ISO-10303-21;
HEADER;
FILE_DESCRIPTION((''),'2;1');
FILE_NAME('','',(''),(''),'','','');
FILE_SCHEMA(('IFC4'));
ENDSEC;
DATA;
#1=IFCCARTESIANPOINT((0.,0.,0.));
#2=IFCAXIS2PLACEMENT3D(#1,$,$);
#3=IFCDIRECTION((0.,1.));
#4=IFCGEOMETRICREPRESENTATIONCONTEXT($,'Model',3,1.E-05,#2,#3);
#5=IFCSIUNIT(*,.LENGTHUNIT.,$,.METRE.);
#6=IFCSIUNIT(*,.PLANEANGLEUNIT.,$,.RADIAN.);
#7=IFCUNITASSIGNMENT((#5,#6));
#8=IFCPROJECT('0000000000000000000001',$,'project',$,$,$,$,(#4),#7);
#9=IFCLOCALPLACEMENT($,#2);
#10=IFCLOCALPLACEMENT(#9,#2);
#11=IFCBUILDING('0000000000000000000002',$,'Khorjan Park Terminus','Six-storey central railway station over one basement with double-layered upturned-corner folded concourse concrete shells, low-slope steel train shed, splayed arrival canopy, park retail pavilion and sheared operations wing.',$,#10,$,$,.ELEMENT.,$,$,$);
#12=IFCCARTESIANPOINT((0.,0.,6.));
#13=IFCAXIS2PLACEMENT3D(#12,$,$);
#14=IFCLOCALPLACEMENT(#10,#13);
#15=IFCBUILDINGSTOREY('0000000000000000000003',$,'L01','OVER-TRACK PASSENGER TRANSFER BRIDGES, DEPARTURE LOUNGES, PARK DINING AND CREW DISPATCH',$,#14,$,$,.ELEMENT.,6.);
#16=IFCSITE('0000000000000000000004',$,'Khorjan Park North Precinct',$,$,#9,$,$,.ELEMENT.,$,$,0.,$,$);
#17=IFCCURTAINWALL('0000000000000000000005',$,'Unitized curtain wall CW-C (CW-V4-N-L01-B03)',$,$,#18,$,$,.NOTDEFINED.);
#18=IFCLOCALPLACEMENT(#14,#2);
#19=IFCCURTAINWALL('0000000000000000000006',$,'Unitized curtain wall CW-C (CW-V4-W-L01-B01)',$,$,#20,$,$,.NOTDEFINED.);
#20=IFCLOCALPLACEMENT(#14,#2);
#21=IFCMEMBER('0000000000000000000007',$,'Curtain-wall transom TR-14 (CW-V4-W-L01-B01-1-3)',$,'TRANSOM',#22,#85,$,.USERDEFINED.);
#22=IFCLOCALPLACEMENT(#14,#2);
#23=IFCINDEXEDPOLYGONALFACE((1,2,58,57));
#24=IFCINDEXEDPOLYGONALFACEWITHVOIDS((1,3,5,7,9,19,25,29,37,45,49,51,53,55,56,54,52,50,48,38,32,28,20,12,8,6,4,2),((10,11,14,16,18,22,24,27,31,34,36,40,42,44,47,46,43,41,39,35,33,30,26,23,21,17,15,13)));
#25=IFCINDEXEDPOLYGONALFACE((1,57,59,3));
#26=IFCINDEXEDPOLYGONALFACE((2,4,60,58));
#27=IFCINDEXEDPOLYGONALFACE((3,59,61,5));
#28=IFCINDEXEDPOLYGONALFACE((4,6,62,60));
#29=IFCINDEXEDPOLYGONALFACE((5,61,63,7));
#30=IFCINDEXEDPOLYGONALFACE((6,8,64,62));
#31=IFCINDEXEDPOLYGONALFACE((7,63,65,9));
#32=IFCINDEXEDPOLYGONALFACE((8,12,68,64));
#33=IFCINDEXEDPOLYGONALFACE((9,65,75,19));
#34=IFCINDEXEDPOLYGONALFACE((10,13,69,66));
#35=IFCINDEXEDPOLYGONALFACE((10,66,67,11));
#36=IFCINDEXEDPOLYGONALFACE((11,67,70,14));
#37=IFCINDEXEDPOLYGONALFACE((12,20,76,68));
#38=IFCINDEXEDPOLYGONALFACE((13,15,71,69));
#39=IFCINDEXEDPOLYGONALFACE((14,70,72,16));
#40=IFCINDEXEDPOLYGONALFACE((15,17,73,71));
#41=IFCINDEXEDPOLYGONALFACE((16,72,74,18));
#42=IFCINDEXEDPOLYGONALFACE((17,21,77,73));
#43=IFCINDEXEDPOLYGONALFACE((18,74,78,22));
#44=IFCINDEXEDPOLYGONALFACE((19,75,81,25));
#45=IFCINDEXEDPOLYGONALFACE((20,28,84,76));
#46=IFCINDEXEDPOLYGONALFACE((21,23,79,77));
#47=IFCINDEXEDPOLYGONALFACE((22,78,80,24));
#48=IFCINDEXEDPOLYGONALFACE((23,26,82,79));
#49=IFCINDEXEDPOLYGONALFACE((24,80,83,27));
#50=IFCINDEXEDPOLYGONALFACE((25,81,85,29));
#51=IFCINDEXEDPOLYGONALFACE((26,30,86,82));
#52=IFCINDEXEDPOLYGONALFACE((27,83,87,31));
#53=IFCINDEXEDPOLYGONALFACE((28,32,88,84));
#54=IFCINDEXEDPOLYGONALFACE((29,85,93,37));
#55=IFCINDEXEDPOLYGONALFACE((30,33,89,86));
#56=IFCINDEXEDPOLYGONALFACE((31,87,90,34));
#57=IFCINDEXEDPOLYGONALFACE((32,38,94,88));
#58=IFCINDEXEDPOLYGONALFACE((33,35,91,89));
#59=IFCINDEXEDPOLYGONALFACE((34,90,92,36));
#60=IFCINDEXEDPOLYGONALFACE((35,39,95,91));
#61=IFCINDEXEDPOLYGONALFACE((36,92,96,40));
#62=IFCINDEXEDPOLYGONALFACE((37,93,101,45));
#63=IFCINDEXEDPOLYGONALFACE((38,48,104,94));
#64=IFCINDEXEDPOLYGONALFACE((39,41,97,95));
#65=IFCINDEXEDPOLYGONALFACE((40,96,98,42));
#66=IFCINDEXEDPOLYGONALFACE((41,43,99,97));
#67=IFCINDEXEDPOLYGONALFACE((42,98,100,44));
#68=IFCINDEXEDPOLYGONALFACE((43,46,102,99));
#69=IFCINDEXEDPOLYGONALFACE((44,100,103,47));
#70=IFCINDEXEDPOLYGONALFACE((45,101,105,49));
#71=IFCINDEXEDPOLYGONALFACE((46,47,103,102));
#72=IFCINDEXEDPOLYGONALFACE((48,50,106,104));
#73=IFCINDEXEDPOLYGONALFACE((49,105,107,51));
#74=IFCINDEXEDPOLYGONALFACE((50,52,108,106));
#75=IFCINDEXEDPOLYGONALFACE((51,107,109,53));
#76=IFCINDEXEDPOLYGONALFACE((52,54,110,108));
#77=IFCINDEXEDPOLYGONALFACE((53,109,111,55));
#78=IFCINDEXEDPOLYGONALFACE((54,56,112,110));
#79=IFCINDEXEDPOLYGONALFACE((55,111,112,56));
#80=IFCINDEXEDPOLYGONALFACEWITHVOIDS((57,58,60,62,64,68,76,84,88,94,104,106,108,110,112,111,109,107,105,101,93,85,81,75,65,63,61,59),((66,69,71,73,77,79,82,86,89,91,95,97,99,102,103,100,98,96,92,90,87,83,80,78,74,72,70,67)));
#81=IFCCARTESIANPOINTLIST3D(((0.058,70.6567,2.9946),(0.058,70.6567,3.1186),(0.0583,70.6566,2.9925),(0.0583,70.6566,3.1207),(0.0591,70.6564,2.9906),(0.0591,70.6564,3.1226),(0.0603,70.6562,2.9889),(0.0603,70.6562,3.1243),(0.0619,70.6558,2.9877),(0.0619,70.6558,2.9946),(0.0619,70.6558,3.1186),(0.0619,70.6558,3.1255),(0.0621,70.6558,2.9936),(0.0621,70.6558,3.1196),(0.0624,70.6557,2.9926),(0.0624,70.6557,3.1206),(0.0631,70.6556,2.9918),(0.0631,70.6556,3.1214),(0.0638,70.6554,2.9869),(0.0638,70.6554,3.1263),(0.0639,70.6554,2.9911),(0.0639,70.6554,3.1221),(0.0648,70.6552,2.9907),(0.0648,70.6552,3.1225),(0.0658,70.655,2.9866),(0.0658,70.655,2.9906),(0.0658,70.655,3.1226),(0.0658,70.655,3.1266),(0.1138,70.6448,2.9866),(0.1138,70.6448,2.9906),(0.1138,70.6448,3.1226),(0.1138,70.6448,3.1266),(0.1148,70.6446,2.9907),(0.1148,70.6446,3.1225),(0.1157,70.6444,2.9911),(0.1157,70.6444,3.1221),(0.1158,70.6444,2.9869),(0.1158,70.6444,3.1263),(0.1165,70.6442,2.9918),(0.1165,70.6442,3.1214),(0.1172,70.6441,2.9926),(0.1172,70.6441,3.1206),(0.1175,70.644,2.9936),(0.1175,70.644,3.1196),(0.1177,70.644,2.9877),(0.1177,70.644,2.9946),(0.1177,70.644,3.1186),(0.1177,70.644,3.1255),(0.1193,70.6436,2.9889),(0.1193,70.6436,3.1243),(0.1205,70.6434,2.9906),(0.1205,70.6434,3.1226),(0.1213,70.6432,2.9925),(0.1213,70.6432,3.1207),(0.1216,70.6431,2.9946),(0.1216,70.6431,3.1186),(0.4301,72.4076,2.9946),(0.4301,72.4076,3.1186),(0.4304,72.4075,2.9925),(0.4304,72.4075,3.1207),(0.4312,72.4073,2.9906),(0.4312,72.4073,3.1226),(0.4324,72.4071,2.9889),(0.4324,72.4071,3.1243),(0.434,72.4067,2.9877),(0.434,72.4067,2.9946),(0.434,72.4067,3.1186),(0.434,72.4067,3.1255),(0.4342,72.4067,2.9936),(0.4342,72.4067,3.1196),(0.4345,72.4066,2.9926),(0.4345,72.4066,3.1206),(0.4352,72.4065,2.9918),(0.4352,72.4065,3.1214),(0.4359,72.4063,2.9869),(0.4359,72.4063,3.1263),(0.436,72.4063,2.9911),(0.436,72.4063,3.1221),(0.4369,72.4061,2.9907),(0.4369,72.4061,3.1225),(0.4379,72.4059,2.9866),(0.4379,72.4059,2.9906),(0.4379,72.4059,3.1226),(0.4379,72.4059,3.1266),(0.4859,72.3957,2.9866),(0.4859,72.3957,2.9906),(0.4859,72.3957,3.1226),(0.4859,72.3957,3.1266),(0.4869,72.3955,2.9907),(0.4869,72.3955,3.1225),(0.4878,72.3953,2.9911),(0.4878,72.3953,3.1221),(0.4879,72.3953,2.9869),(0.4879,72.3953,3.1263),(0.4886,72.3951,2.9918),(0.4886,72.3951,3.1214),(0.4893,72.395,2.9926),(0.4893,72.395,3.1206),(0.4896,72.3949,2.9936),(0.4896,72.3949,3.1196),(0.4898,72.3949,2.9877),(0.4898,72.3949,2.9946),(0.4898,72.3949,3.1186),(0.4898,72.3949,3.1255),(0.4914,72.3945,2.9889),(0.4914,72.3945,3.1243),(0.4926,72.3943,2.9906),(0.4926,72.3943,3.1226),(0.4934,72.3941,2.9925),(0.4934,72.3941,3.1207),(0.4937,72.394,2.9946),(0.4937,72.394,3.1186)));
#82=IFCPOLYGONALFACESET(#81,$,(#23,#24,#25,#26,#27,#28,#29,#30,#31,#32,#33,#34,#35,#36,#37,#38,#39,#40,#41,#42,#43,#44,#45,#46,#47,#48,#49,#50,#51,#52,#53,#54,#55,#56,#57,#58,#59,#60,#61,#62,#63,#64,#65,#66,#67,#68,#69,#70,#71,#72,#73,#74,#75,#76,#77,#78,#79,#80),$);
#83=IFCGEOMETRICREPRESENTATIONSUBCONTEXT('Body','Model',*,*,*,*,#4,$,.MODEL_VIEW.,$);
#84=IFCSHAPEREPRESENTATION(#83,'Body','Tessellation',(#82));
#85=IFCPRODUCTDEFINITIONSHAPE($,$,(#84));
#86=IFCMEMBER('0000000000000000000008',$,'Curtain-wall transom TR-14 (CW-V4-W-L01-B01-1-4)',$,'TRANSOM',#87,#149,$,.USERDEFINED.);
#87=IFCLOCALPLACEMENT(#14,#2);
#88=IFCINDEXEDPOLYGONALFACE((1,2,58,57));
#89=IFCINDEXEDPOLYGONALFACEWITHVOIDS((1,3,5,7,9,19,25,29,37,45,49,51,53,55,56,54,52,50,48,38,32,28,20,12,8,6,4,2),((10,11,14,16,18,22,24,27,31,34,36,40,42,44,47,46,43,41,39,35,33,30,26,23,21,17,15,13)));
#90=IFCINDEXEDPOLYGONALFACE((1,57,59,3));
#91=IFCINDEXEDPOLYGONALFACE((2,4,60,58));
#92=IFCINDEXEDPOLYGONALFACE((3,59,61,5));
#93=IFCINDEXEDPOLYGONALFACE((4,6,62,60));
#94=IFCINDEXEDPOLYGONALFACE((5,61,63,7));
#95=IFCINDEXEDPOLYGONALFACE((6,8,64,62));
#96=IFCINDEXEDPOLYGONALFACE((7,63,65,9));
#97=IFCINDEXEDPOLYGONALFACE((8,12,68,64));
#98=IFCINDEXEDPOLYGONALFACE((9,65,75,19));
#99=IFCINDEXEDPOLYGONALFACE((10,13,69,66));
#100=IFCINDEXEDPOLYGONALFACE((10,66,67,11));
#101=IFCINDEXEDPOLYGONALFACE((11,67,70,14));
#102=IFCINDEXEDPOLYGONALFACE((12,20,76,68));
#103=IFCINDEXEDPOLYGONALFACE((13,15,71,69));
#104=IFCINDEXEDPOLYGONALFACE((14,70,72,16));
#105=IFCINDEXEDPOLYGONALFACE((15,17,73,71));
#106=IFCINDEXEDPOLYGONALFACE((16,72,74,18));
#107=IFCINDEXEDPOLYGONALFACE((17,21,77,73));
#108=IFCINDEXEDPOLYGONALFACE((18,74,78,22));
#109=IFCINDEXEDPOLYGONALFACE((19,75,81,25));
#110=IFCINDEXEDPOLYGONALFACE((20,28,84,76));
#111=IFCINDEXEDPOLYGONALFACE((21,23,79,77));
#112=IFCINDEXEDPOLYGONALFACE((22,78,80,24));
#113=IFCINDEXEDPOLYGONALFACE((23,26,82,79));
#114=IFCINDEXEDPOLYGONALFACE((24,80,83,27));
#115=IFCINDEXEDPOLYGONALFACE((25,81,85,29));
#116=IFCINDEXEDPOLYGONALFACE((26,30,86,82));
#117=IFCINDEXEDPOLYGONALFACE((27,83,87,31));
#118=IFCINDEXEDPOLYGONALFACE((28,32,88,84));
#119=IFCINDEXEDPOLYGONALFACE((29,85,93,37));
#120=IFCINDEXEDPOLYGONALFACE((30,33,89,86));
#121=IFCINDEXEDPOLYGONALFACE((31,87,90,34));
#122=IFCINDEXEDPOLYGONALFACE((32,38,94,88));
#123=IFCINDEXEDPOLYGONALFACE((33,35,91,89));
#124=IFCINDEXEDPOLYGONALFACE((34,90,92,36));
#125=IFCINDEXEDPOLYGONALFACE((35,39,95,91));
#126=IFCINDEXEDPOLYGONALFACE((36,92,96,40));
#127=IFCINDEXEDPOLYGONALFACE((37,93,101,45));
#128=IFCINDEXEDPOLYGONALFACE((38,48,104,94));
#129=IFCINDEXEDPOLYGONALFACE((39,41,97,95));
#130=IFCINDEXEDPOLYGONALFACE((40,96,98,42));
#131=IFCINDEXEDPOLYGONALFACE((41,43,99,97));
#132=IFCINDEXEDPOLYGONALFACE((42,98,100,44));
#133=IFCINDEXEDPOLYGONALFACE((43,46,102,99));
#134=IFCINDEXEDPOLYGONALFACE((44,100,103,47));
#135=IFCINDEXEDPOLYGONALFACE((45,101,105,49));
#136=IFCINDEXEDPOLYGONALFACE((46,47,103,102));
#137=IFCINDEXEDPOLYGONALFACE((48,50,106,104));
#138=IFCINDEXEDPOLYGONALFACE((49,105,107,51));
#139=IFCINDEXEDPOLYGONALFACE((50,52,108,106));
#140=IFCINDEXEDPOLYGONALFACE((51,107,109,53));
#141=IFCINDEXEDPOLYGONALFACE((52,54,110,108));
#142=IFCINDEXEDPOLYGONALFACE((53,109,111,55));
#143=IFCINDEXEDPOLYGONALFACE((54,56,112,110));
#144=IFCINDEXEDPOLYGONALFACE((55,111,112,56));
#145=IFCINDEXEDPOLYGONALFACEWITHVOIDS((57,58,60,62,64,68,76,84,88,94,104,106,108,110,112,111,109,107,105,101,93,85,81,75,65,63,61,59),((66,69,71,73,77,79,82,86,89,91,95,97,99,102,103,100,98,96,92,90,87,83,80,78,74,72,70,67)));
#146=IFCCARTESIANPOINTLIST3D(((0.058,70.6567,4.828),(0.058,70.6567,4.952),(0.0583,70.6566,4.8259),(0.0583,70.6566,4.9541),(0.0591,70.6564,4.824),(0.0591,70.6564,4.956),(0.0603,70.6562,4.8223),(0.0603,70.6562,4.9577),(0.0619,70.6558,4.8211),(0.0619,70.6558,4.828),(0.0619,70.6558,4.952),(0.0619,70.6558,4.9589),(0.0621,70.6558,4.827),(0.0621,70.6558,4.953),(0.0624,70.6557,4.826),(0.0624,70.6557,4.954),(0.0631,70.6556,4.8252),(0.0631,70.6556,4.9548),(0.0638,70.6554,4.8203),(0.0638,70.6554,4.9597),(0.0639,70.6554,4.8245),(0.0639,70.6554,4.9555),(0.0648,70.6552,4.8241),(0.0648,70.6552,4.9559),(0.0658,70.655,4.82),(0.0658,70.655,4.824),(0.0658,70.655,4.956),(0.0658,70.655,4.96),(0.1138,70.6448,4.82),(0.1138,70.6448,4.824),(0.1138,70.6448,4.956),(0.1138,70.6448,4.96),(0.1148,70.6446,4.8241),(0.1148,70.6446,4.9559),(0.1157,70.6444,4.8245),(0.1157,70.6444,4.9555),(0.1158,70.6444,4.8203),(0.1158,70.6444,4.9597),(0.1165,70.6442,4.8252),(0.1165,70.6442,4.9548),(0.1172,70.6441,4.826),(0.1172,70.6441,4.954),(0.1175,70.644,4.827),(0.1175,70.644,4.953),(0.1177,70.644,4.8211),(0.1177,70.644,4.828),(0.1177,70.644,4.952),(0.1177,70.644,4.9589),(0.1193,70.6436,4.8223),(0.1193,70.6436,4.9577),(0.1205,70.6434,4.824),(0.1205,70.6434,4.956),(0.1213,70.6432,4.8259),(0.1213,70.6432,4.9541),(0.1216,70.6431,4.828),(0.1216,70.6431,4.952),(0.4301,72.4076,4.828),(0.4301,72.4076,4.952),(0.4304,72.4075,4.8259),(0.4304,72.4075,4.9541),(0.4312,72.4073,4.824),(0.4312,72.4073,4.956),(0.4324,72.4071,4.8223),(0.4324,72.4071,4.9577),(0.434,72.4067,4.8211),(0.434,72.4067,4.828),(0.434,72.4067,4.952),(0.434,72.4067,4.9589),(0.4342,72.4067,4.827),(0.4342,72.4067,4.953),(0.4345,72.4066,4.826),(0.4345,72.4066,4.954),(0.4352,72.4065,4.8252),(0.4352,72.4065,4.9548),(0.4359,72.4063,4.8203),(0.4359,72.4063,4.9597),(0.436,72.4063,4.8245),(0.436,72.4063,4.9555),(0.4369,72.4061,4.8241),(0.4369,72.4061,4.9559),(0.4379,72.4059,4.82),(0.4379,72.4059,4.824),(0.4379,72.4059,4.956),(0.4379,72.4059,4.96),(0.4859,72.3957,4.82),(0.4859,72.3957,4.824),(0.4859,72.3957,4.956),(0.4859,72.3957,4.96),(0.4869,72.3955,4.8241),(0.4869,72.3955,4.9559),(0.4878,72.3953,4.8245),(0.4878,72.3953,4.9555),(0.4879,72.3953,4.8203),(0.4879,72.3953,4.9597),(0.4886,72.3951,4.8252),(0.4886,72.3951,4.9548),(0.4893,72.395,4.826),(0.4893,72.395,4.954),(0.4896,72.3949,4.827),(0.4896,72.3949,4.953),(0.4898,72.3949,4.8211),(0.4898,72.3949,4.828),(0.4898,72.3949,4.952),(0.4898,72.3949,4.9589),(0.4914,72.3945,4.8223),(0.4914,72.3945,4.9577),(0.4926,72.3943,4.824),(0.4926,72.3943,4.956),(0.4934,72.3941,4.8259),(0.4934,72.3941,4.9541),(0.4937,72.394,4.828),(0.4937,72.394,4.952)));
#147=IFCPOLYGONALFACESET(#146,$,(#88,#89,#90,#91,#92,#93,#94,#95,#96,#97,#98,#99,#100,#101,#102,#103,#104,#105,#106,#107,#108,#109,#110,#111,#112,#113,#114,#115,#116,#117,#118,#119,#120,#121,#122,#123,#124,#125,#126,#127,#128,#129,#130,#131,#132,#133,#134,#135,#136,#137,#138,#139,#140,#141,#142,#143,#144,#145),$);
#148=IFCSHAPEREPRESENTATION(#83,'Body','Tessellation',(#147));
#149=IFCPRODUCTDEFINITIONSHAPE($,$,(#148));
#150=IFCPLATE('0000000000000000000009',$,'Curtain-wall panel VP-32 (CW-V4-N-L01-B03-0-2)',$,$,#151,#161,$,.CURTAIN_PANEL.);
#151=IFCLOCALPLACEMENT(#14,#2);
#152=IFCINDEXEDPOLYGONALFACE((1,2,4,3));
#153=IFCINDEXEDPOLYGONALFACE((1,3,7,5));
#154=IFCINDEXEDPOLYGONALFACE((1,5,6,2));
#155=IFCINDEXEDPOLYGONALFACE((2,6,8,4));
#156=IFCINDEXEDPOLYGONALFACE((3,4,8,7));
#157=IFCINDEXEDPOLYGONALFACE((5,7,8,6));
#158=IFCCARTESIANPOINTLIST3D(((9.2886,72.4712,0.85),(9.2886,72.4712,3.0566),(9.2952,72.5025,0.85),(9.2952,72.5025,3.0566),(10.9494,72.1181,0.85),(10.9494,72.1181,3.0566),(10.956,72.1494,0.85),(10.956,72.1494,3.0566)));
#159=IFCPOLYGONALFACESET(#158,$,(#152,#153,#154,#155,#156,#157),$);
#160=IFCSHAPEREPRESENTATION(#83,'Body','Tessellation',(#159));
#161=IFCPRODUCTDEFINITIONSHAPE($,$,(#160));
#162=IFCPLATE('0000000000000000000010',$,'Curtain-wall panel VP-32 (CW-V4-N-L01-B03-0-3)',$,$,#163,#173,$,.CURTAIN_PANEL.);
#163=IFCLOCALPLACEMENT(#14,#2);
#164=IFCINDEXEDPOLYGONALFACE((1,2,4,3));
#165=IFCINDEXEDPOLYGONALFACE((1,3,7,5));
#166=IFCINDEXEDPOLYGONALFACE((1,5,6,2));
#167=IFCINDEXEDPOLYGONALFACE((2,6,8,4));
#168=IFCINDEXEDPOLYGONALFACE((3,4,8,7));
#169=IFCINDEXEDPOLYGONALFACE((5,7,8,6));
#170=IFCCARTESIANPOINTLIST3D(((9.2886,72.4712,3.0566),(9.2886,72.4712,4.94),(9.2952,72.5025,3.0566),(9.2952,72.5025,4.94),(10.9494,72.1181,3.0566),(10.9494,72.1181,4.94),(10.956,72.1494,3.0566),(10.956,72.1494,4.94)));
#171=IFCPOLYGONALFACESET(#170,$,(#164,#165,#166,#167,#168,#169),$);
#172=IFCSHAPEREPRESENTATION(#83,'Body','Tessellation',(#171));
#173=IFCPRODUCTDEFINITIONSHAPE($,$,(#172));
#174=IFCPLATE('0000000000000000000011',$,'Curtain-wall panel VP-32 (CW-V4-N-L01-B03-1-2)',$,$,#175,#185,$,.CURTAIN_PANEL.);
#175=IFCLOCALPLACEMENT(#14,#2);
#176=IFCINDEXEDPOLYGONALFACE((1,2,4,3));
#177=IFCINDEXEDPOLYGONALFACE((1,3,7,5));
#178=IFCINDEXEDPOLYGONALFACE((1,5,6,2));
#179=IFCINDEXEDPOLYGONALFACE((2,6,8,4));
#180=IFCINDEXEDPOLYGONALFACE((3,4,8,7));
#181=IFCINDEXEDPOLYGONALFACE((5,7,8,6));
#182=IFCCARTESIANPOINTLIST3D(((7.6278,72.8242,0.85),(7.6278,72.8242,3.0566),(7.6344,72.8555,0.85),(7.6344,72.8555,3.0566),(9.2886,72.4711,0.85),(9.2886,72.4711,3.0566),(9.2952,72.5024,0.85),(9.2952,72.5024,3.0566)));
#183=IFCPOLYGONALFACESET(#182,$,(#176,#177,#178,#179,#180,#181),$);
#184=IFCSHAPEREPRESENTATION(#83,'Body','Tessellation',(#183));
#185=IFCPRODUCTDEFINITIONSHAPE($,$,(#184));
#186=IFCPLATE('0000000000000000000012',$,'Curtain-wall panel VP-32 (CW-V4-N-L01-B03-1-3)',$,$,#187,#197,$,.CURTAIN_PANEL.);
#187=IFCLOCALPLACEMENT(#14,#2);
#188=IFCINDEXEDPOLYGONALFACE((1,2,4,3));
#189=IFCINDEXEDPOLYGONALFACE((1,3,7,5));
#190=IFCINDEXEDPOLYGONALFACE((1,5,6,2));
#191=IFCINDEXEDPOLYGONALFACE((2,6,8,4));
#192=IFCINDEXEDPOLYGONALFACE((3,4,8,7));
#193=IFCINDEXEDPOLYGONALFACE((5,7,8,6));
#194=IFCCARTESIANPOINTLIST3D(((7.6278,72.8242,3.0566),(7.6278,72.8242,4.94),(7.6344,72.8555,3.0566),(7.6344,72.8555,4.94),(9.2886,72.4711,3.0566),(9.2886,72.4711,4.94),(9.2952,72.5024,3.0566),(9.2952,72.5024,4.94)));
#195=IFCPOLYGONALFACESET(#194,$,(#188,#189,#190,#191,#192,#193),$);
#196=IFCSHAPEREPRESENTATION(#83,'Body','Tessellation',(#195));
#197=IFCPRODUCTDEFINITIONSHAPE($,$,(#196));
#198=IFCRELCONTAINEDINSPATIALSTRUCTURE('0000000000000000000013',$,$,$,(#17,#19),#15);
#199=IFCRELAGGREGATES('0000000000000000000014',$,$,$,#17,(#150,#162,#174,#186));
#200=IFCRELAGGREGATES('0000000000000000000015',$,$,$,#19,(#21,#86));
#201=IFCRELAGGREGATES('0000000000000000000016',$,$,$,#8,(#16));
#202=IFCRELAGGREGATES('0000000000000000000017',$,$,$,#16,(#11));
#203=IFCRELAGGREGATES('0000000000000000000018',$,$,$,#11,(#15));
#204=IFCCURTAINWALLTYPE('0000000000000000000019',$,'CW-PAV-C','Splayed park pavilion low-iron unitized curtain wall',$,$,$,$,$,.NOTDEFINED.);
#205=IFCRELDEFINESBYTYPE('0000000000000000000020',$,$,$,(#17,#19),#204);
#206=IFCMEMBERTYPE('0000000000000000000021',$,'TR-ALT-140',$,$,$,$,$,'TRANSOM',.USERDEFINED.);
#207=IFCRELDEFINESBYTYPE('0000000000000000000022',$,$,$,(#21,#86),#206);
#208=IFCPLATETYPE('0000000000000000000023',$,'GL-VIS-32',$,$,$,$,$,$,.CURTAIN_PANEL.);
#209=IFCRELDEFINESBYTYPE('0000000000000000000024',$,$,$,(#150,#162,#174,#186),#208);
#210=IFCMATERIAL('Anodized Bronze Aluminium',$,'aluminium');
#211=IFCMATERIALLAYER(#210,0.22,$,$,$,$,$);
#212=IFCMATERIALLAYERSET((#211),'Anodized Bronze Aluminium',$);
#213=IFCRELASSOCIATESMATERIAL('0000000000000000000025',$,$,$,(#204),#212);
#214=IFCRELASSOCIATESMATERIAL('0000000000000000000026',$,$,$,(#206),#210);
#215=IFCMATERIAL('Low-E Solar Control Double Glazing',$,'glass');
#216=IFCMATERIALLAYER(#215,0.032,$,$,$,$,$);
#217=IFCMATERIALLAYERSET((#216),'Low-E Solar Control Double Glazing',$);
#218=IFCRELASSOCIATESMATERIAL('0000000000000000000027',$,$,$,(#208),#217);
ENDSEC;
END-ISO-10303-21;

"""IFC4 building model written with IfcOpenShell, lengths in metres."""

from ifc_helpers import new_model, si_unit, direction, frame, origin, origin_2d, place, context, subcontext, project, spatial, rectangle, hollow_rectangle, extrude, material, layer, layer_set, material_profile, profile_set, type_object, element, aggregate, save


model = new_model("IFC4")

# Units and contexts
model_context = context("Model", 3, precision=1e-05, world=origin(), true_north=direction((0.0, 1.0)))
body_context = subcontext(model_context, "Body", "Model", "MODEL_VIEW")
ifc_project = project(units=[si_unit("LENGTHUNIT", "METRE"), si_unit("PLANEANGLEUNIT", "RADIAN")], contexts=[model_context])

# Site, building, storey
site_placement = place(None, origin())
site = spatial("IfcSite", under=ifc_project, at=site_placement, Name="Khorjan Park North Precinct", CompositionType="ELEMENT", RefElevation=0.0)
building_placement = place(site_placement, origin())
building = spatial("IfcBuilding", under=site, at=building_placement, Name="Khorjan Park Terminus", Description="Six-storey central railway station over one basement with double-layered upturned-corner folded concourse concrete shells, low-slope steel train shed, splayed arrival canopy, park retail pavilion and sheared operations wing.", CompositionType="ELEMENT")
storey_placement = place(building_placement, frame((0.0, 0.0, 6.0)))
storey = spatial("IfcBuildingStorey", under=building, at=storey_placement, Name="L01", Description="OVER-TRACK PASSENGER TRANSFER BRIDGES, DEPARTURE LOUNGES, PARK DINING AND CREW DISPATCH", CompositionType="ELEMENT", Elevation=6.0)

# Curtain wall
ifc_material_1 = material(Name="Anodized Bronze Aluminium", Category="aluminium")
ifc_layer_1 = layer(ifc_material_1, 0.22)
ifc_layer_set_1 = layer_set([ifc_layer_1], Name="Anodized Bronze Aluminium")
curtain_wall_type = type_object("IfcCurtainWallType", Name="CW-PAV-C", Description="Splayed park pavilion low-iron unitized curtain wall", PredefinedType="NOTDEFINED", material=ifc_layer_set_1)
curtain_wall_1_placement = place(storey_placement, origin())
curtain_wall_1 = element("IfcCurtainWall", 1, at=curtain_wall_1_placement, inside=storey, type_object=curtain_wall_type, Name="Unitized curtain wall CW-C (CW-V4-N-L01-B03)", PredefinedType="NOTDEFINED")

# Curtain wall
curtain_wall_2_placement = place(storey_placement, origin())
curtain_wall_2 = element("IfcCurtainWall", 2, at=curtain_wall_2_placement, inside=storey, type_object=curtain_wall_type, Name="Unitized curtain wall CW-C (CW-V4-W-L01-B01)", PredefinedType="NOTDEFINED")

# Members
ifc_material_profile_1 = material_profile(ifc_material_1, hollow_rectangle(XDim=0.065, YDim=0.14, WallThickness=0.004, InnerFilletRadius=0.004, OuterFilletRadius=0.008, at=origin_2d()), Name="ALT 65x140x4")
ifc_profile_set_1 = profile_set([ifc_material_profile_1], Name="Anodized Bronze Aluminium")
member_type_1 = type_object("IfcMemberType", Name="TR-ALT-140", ElementType="TRANSOM", PredefinedType="USERDEFINED", material=ifc_profile_set_1)
member_1_placement = place(storey_placement, frame((0.4619, 72.4008, 3.0566), z_axis=(-0.207877, -0.978155, 0.0), x_axis=(0.978155, -0.207877, 0.0)))
member_1 = element("IfcMember", 3, at=member_1_placement, type_object=member_type_1, Name="Curtain-wall transom TR-14 (CW-V4-W-L01-B01-1-3)", ObjectType="TRANSOM", PredefinedType="USERDEFINED", context=body_context, shape_type="SweptSolid", body=[
    extrude(hollow_rectangle(XDim=0.065, YDim=0.14, WallThickness=0.004, InnerFilletRadius=0.004, OuterFilletRadius=0.008, at=origin_2d()), origin(), (0.0, 0.0, 1.0), 1.79),
])
member_2_placement = place(storey_placement, frame((0.4619, 72.4008, 4.89), z_axis=(-0.207877, -0.978155, 0.0), x_axis=(0.978155, -0.207877, 0.0)))
member_2 = element("IfcMember", 4, at=member_2_placement, type_object=member_type_1, Name="Curtain-wall transom TR-14 (CW-V4-W-L01-B01-1-4)", ObjectType="TRANSOM", PredefinedType="USERDEFINED", context=body_context, shape_type="SweptSolid", body=[
    extrude(hollow_rectangle(XDim=0.065, YDim=0.14, WallThickness=0.004, InnerFilletRadius=0.004, OuterFilletRadius=0.008, at=origin_2d()), origin(), (0.0, 0.0, 1.0), 1.79),
])

# Plates
ifc_material_2 = material(Name="Low-E Solar Control Double Glazing", Category="glass")
ifc_layer_2 = layer(ifc_material_2, 0.032)
ifc_layer_set_2 = layer_set([ifc_layer_2], Name="Low-E Solar Control Double Glazing")
plate_type_1 = type_object("IfcPlateType", Name="GL-VIS-32", PredefinedType="CURTAIN_PANEL", material=ifc_layer_set_2)
plate_1_placement = place(storey_placement, frame((10.1223, 72.3103, 0.85), z_axis=(0.0, 0.0, 1.0), x_axis=(-0.978146, 0.207917, 0.0)))
plate_1 = element("IfcPlate", 5, at=plate_1_placement, type_object=plate_type_1, Name="Curtain-wall panel VP-32 (CW-V4-N-L01-B03-0-2)", PredefinedType="CURTAIN_PANEL", context=body_context, shape_type="SweptSolid", body=[
    extrude(rectangle(XDim=1.6979, YDim=0.032, at=origin_2d()), origin(), (0.0, 0.0, 1.0), 2.2066),
])
plate_2_placement = place(storey_placement, frame((10.1223, 72.3103, 3.0566), z_axis=(0.0, 0.0, 1.0), x_axis=(-0.978146, 0.207917, 0.0)))
plate_2 = element("IfcPlate", 6, at=plate_2_placement, type_object=plate_type_1, Name="Curtain-wall panel VP-32 (CW-V4-N-L01-B03-0-3)", PredefinedType="CURTAIN_PANEL", context=body_context, shape_type="SweptSolid", body=[
    extrude(rectangle(XDim=1.6979, YDim=0.032, at=origin_2d()), origin(), (0.0, 0.0, 1.0), 1.8834),
])
plate_3_placement = place(storey_placement, frame((8.4615, 72.6633, 0.85), z_axis=(0.0, 0.0, 1.0), x_axis=(-0.978146, 0.207917, 0.0)))
plate_3 = element("IfcPlate", 7, at=plate_3_placement, type_object=plate_type_1, Name="Curtain-wall panel VP-32 (CW-V4-N-L01-B03-1-2)", PredefinedType="CURTAIN_PANEL", context=body_context, shape_type="SweptSolid", body=[
    extrude(rectangle(XDim=1.6979, YDim=0.032, at=origin_2d()), origin(), (0.0, 0.0, 1.0), 2.2066),
])
plate_4_placement = place(storey_placement, frame((8.4615, 72.6633, 3.0566), z_axis=(0.0, 0.0, 1.0), x_axis=(-0.978146, 0.207917, 0.0)))
plate_4 = element("IfcPlate", 8, at=plate_4_placement, type_object=plate_type_1, Name="Curtain-wall panel VP-32 (CW-V4-N-L01-B03-1-3)", PredefinedType="CURTAIN_PANEL", context=body_context, shape_type="SweptSolid", body=[
    extrude(rectangle(XDim=1.6979, YDim=0.032, at=origin_2d()), origin(), (0.0, 0.0, 1.0), 1.8834),
])
aggregate(curtain_wall_1, [plate_1, plate_2, plate_3, plate_4])
aggregate(curtain_wall_2, [member_1, member_2])

save(model, "model.ifc")
